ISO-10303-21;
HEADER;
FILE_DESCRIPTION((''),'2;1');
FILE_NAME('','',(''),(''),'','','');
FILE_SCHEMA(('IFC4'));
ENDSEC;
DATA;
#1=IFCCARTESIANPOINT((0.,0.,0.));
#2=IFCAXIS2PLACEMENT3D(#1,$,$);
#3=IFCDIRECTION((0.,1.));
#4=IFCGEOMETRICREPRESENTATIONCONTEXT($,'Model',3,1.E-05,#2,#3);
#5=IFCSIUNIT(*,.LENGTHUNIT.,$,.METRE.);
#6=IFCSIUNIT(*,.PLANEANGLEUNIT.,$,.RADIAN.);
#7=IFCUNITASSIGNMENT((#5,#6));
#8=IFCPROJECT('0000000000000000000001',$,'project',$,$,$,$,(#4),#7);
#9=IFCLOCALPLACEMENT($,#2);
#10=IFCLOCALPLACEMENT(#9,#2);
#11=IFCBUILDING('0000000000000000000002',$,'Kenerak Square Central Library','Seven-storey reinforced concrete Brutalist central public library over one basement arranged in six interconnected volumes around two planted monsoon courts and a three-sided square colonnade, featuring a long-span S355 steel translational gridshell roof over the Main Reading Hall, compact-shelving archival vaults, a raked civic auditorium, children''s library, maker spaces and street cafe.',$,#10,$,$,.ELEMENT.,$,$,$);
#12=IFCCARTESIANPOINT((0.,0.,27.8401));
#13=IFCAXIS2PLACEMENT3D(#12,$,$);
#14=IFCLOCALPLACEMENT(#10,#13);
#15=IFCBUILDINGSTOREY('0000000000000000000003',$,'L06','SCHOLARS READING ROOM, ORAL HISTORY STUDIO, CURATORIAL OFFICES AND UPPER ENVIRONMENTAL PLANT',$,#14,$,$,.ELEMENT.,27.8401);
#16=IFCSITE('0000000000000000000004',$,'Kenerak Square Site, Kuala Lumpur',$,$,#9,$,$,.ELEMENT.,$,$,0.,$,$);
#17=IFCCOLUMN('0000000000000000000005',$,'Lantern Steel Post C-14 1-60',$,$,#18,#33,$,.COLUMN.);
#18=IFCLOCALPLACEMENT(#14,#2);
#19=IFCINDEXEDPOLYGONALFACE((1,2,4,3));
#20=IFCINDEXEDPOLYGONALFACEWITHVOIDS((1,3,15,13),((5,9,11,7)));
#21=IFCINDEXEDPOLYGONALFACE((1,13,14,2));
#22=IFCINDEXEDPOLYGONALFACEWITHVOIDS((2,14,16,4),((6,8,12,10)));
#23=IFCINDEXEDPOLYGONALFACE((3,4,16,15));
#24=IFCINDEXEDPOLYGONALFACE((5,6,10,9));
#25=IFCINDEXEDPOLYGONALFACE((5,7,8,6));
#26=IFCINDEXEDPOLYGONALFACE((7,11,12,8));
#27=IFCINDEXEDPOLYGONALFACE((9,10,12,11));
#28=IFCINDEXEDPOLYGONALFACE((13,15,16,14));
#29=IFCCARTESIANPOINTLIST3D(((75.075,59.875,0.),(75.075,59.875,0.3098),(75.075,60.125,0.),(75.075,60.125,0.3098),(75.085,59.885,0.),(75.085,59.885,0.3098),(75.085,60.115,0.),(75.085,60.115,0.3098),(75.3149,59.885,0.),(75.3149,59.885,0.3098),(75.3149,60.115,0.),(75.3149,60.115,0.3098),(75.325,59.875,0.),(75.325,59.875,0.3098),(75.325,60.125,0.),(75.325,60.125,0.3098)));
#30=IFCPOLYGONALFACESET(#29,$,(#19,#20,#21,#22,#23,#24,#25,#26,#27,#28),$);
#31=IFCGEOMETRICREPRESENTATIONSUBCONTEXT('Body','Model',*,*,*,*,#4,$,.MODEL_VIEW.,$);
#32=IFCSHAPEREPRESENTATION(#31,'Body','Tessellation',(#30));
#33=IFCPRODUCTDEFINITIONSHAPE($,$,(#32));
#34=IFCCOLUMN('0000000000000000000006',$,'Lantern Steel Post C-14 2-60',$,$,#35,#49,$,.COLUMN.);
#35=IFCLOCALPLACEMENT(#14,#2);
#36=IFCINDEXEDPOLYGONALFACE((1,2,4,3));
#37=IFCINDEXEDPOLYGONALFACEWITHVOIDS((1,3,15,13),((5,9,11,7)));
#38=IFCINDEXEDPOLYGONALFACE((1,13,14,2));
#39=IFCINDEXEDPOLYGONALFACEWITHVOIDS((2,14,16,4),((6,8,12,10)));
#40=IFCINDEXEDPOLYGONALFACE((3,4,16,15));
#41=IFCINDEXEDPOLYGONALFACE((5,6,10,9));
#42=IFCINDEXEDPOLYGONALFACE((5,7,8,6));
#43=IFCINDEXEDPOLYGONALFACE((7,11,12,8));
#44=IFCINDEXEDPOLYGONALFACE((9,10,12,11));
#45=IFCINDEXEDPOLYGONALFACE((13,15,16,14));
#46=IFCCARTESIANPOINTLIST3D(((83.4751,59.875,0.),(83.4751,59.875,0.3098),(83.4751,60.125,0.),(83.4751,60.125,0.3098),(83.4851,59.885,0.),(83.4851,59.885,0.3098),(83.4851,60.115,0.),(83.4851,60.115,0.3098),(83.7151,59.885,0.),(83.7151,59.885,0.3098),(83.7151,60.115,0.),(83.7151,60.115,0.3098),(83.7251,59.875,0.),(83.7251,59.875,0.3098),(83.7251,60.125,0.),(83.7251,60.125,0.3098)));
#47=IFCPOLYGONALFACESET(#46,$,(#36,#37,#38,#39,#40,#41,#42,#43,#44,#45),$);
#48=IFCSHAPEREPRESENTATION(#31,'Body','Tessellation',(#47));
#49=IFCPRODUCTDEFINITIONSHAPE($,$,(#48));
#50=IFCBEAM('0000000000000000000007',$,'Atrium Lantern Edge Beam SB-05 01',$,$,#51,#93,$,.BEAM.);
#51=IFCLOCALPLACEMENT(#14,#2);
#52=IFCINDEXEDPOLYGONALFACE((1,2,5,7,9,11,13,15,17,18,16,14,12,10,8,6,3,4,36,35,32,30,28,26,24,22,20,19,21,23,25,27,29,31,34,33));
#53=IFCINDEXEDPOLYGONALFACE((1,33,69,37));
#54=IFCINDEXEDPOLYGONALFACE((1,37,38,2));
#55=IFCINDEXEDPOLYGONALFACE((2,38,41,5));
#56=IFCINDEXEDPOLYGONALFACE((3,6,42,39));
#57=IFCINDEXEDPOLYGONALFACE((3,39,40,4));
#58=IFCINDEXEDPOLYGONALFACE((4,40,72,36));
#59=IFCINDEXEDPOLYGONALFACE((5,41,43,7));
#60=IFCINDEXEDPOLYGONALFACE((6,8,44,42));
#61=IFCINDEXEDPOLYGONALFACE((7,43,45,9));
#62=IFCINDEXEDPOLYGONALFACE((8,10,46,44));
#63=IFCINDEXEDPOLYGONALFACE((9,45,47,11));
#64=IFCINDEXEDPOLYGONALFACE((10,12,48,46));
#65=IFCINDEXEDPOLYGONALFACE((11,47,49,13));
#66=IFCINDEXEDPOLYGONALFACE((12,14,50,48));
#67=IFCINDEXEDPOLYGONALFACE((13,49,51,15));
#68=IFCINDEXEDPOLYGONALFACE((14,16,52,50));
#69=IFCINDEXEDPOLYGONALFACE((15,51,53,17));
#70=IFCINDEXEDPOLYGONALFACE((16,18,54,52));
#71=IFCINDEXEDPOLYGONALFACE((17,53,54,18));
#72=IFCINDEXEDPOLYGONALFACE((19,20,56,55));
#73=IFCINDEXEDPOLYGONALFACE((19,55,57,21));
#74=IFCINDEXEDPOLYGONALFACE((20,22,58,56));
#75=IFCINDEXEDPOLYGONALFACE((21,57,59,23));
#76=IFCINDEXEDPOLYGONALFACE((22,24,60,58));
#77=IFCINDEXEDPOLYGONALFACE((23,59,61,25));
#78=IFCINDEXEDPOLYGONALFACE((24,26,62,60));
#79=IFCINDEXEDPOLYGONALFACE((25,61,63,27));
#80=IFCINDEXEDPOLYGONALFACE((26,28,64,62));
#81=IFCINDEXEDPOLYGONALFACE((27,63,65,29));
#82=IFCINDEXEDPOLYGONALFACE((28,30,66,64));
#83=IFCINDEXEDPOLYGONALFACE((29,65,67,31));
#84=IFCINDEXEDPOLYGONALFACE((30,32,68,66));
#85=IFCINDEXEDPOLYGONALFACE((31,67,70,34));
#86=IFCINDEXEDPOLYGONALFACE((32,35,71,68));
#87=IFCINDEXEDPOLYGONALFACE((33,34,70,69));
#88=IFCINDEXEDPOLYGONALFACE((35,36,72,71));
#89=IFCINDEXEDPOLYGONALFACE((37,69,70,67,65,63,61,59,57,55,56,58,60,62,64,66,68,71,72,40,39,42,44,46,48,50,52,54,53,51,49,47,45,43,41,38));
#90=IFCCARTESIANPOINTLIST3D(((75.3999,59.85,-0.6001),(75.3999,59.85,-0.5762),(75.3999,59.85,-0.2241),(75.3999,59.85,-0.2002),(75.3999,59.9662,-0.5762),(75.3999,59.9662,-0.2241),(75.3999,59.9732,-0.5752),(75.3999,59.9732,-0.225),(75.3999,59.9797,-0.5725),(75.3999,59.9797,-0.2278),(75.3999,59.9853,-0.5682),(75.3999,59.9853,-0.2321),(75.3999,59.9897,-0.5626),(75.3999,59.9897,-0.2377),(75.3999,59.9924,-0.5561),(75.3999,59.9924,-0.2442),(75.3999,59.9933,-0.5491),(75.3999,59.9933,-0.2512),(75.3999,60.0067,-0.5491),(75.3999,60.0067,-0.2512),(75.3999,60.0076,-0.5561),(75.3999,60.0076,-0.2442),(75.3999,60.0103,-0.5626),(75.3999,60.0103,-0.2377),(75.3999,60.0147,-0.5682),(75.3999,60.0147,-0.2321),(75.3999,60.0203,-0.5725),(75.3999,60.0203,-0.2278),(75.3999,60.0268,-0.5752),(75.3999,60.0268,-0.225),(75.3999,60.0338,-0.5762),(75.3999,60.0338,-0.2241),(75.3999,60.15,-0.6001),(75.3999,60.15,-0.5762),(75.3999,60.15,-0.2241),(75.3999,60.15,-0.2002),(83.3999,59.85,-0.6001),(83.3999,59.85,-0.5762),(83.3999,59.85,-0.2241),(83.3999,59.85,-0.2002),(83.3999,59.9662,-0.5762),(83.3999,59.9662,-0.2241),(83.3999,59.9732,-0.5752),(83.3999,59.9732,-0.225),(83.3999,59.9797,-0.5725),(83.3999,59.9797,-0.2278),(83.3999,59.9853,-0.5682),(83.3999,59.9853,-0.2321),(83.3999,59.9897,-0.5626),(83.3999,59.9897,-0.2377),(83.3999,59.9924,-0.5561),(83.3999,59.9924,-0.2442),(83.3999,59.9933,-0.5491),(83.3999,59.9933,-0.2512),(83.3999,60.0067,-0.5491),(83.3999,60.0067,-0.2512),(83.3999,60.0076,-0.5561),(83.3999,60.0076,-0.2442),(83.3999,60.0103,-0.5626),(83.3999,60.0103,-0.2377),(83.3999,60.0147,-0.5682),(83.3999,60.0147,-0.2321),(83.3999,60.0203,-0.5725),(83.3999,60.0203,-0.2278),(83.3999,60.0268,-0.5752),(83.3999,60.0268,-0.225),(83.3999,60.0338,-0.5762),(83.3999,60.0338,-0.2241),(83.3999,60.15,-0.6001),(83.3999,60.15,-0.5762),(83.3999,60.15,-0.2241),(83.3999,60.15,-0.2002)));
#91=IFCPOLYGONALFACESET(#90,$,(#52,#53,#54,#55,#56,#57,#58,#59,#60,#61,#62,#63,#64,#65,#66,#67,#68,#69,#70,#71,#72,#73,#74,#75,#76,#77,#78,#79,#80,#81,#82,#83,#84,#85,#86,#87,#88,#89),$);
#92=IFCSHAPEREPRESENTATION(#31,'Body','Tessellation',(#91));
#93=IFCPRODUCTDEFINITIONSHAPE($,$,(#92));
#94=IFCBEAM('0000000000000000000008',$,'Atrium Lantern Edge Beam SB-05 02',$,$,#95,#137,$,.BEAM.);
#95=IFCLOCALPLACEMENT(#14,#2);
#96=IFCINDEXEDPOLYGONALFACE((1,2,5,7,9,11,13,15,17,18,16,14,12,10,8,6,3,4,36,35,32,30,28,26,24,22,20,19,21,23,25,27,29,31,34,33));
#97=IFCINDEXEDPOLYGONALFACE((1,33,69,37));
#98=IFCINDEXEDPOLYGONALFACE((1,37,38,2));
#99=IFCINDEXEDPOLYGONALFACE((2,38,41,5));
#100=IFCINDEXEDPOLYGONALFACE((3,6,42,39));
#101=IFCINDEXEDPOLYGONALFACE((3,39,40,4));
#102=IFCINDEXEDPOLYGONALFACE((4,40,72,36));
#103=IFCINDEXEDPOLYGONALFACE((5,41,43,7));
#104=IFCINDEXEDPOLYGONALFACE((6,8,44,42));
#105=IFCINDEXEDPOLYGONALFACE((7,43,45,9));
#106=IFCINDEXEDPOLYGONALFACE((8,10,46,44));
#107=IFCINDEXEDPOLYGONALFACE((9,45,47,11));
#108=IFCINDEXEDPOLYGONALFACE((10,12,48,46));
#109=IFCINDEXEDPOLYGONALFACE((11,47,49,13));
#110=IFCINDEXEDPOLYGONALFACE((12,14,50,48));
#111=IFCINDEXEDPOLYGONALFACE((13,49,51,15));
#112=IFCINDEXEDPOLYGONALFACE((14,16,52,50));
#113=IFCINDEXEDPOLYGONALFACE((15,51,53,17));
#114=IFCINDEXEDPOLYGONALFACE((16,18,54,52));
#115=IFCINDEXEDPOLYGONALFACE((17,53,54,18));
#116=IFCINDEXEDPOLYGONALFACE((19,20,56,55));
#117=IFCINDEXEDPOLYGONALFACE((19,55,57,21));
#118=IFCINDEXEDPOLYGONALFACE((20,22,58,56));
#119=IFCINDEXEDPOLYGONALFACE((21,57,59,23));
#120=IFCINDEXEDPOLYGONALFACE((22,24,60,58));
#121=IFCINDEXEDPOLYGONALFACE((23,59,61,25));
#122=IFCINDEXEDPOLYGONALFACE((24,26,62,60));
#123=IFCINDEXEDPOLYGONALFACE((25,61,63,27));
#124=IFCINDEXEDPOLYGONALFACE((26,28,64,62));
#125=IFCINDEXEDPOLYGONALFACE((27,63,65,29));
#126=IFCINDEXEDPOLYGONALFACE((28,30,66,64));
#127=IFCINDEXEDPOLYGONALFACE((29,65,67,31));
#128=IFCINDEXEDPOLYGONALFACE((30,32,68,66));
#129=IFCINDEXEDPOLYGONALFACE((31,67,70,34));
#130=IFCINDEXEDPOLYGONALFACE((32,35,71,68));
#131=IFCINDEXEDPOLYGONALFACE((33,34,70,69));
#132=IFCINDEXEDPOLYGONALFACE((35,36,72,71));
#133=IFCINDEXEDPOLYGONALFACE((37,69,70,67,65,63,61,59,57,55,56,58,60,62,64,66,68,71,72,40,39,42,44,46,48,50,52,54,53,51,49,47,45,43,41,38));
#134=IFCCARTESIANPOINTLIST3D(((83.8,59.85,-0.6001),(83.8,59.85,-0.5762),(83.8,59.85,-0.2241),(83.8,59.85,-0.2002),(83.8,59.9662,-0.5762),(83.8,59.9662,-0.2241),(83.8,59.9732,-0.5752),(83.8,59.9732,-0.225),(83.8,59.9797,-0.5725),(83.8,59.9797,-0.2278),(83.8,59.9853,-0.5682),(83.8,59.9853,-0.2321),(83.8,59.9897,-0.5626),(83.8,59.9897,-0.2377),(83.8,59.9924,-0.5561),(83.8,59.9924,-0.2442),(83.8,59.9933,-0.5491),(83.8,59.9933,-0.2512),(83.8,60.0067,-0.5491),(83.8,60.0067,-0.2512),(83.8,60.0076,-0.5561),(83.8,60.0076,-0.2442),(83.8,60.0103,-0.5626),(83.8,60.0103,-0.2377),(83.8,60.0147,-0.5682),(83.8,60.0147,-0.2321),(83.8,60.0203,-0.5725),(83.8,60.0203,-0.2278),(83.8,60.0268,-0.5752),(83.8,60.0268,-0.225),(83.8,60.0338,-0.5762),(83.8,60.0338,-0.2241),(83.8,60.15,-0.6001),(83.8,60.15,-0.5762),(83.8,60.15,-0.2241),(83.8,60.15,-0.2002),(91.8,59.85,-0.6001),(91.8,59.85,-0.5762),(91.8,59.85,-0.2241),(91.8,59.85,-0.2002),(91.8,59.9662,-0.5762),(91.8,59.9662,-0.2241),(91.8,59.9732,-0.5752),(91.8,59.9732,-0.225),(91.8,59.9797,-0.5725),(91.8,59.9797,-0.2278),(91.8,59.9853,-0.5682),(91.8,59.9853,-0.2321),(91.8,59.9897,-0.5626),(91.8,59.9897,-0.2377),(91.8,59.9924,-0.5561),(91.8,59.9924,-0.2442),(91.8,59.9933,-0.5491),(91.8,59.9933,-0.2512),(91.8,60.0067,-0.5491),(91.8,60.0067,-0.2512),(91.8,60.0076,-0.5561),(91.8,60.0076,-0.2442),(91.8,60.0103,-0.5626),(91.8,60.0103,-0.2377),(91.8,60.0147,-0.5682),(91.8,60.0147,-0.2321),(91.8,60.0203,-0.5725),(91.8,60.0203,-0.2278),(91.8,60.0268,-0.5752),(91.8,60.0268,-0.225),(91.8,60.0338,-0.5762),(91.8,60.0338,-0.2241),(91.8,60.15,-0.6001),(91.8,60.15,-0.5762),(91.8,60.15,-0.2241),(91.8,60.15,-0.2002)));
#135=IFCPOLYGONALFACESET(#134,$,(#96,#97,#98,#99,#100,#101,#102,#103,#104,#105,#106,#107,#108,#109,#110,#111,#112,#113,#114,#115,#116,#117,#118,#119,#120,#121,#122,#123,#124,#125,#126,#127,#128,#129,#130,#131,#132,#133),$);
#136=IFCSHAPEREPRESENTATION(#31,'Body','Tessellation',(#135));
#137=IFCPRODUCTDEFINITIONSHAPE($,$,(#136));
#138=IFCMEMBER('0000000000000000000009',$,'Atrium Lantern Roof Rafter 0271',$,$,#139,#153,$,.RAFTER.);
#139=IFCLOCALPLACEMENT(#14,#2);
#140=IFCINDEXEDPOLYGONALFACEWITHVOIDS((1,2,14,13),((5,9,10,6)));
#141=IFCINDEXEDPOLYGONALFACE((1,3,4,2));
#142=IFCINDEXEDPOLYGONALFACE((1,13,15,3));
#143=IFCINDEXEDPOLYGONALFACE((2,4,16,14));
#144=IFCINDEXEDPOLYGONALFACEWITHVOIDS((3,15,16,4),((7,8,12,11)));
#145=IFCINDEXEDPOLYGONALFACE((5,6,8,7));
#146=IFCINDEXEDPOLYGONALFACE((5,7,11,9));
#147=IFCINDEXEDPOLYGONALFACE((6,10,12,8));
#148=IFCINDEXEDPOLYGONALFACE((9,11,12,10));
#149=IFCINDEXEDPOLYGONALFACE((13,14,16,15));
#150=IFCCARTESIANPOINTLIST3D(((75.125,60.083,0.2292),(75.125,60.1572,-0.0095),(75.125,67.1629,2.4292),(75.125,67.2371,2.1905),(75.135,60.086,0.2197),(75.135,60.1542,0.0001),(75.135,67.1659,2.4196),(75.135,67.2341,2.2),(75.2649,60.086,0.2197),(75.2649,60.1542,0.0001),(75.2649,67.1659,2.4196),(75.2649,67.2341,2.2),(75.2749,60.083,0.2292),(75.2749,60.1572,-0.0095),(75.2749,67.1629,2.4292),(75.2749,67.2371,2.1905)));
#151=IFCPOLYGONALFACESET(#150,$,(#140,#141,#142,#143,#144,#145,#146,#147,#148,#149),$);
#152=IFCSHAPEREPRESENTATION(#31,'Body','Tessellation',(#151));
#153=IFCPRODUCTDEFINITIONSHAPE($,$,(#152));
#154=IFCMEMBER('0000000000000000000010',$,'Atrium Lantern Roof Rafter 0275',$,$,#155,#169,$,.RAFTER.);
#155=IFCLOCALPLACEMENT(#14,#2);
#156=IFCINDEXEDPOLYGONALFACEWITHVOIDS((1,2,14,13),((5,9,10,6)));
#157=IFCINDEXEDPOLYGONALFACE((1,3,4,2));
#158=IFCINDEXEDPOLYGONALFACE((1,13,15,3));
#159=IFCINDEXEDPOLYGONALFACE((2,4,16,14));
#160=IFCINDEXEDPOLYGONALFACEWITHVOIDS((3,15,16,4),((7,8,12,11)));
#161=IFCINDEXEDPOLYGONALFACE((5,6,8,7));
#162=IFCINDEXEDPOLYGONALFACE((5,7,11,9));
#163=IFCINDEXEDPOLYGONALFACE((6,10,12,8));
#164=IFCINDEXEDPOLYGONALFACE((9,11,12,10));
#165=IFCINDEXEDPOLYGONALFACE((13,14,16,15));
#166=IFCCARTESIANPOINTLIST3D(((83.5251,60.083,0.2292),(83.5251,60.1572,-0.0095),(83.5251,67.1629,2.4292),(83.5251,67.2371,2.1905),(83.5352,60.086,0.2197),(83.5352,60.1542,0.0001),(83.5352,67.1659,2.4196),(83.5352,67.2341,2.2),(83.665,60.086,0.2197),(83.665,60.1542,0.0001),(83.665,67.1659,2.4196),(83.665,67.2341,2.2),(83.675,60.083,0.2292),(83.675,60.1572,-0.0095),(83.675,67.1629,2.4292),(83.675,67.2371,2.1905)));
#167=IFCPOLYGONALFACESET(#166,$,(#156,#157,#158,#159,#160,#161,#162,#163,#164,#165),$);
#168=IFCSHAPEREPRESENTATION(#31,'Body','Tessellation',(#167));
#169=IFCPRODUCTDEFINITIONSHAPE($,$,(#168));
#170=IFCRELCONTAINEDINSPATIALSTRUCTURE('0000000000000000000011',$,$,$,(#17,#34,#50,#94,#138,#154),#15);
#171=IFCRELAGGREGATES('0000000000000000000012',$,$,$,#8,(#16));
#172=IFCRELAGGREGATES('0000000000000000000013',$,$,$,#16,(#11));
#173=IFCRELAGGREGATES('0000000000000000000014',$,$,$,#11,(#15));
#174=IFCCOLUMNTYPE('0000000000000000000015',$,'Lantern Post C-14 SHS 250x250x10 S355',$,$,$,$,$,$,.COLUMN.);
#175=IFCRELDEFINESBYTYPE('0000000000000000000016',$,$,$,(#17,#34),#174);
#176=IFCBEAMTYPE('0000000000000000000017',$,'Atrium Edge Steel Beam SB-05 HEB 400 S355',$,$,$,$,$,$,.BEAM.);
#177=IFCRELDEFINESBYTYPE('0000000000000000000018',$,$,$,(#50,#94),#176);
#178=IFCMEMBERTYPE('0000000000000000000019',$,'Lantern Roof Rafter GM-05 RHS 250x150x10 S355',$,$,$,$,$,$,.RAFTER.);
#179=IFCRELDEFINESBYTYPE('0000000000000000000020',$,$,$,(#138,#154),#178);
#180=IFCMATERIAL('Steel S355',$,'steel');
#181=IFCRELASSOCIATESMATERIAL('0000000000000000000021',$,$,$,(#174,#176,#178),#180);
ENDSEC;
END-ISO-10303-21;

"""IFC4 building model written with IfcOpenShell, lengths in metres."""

from ifc_helpers import new_model, si_unit, direction, frame, origin, origin_2d, place, context, subcontext, project, spatial, hollow_rectangle, i_section, extrude, material, material_profile, profile_set, type_object, element, save


model = new_model("IFC4")

# Units and contexts
model_context = context("Model", 3, precision=1e-05, world=origin(), true_north=direction((0.0, 1.0)))
body_context = subcontext(model_context, "Body", "Model", "MODEL_VIEW")
ifc_project = project(units=[si_unit("LENGTHUNIT", "METRE"), si_unit("PLANEANGLEUNIT", "RADIAN")], contexts=[model_context])

# Site, building, storey
site_placement = place(None, origin())
site = spatial("IfcSite", under=ifc_project, at=site_placement, Name="Kenerak Square Site, Kuala Lumpur", CompositionType="ELEMENT", RefElevation=0.0)
building_placement = place(site_placement, origin())
building = spatial("IfcBuilding", under=site, at=building_placement, Name="Kenerak Square Central Library", Description="Seven-storey reinforced concrete Brutalist central public library over one basement arranged in six interconnected volumes around two planted monsoon courts and a three-sided square colonnade, featuring a long-span S355 steel translational gridshell roof over the Main Reading Hall, compact-shelving archival vaults, a raked civic auditorium, children's library, maker spaces and street cafe.", CompositionType="ELEMENT")
storey_placement = place(building_placement, frame((0.0, 0.0, 27.8401)))
storey = spatial("IfcBuildingStorey", under=building, at=storey_placement, Name="L06", Description="SCHOLARS READING ROOM, ORAL HISTORY STUDIO, CURATORIAL OFFICES AND UPPER ENVIRONMENTAL PLANT", CompositionType="ELEMENT", Elevation=27.8401)

# Columns
ifc_material_1 = material(Name="Steel S355", Category="steel")
ifc_material_profile_1 = material_profile(ifc_material_1, hollow_rectangle(XDim=0.25, YDim=0.25, WallThickness=0.01, at=origin_2d()), Name="SHS 250x250x10.0")
ifc_profile_set_1 = profile_set([ifc_material_profile_1], Name="Steel S355")
column_type = type_object("IfcColumnType", Name="Lantern Post C-14 SHS 250x250x10 S355", PredefinedType="COLUMN", material=ifc_profile_set_1)
for number, where, z_axis, x_axis, name in (
    (1, (75.2, 60.0, 0.0), (0.0, 0.0, 1.0), (1.0, 0.0, 0.0), "Lantern Steel Post C-14 1-60"),
    (2, (83.6001, 60.0, 0.0), (0.0, 0.0, 1.0), (1.0, 0.0, 0.0), "Lantern Steel Post C-14 2-60"),
):
    element("IfcColumn", number, at=place(storey_placement, frame(where, z_axis=z_axis, x_axis=x_axis)), inside=storey, type_object=column_type, Name=name, PredefinedType="COLUMN", context=body_context, shape_type="SweptSolid", body=[
        extrude(hollow_rectangle(XDim=0.25, YDim=0.25, WallThickness=0.01, at=origin_2d()), origin(), (0.0, 0.0, 1.0), 0.3098),
    ])

# Beams
ifc_material_profile_2 = material_profile(ifc_material_1, i_section(OverallWidth=0.3, OverallDepth=0.3999, WebThickness=0.0134, FlangeThickness=0.0239, FilletRadius=0.0271, at=origin_2d()), Name="HEB 400")
ifc_profile_set_2 = profile_set([ifc_material_profile_2], Name="Steel S355")
beam_type = type_object("IfcBeamType", Name="Atrium Edge Steel Beam SB-05 HEB 400 S355", PredefinedType="BEAM", material=ifc_profile_set_2)
for number, where, z_axis, x_axis, name in (
    (3, (75.3999, 60.0, -0.4001), (1.0, 0.0, 0.0), (0.0, 1.0, 0.0), "Atrium Lantern Edge Beam SB-05 01"),
    (4, (83.8, 60.0, -0.4001), (1.0, 0.0, 0.0), (0.0, 1.0, 0.0), "Atrium Lantern Edge Beam SB-05 02"),
):
    element("IfcBeam", number, at=place(storey_placement, frame(where, z_axis=z_axis, x_axis=x_axis)), inside=storey, type_object=beam_type, Name=name, PredefinedType="BEAM", context=body_context, shape_type="SweptSolid", body=[
        extrude(i_section(OverallWidth=0.3, OverallDepth=0.3999, WebThickness=0.0134, FlangeThickness=0.0239, FilletRadius=0.0271, at=origin_2d()), origin(), (0.0, 0.0, 1.0), 8.0),
    ])

# Members
ifc_material_profile_3 = material_profile(ifc_material_1, hollow_rectangle(XDim=0.1499, YDim=0.25, WallThickness=0.01, at=origin_2d()), Name="RHS 250x150x10.0")
ifc_profile_set_3 = profile_set([ifc_material_profile_3], Name="Steel S355")
member_type_1 = type_object("IfcMemberType", Name="Lantern Roof Rafter GM-05 RHS 250x150x10 S355", PredefinedType="RAFTER", material=ifc_profile_set_3)
for number, where, z_axis, x_axis, name in (
    (5, (75.2, 60.1201, 0.1099), (0.0, 0.954959, 0.296739), (-1.0, 0.0, 0.0), "Atrium Lantern Roof Rafter 0271"),
    (6, (83.6001, 60.1201, 0.1099), (0.0, 0.954959, 0.296739), (-1.0, 0.0, 0.0), "Atrium Lantern Roof Rafter 0275"),
):
    element("IfcMember", number, at=place(storey_placement, frame(where, z_axis=z_axis, x_axis=x_axis)), inside=storey, type_object=member_type_1, Name=name, PredefinedType="RAFTER", context=body_context, shape_type="SweptSolid", body=[
        extrude(hollow_rectangle(XDim=0.1499, YDim=0.25, WallThickness=0.01, at=origin_2d()), origin(), (0.0, 0.0, 1.0), 7.4138),
    ])

save(model, "model.ifc")
